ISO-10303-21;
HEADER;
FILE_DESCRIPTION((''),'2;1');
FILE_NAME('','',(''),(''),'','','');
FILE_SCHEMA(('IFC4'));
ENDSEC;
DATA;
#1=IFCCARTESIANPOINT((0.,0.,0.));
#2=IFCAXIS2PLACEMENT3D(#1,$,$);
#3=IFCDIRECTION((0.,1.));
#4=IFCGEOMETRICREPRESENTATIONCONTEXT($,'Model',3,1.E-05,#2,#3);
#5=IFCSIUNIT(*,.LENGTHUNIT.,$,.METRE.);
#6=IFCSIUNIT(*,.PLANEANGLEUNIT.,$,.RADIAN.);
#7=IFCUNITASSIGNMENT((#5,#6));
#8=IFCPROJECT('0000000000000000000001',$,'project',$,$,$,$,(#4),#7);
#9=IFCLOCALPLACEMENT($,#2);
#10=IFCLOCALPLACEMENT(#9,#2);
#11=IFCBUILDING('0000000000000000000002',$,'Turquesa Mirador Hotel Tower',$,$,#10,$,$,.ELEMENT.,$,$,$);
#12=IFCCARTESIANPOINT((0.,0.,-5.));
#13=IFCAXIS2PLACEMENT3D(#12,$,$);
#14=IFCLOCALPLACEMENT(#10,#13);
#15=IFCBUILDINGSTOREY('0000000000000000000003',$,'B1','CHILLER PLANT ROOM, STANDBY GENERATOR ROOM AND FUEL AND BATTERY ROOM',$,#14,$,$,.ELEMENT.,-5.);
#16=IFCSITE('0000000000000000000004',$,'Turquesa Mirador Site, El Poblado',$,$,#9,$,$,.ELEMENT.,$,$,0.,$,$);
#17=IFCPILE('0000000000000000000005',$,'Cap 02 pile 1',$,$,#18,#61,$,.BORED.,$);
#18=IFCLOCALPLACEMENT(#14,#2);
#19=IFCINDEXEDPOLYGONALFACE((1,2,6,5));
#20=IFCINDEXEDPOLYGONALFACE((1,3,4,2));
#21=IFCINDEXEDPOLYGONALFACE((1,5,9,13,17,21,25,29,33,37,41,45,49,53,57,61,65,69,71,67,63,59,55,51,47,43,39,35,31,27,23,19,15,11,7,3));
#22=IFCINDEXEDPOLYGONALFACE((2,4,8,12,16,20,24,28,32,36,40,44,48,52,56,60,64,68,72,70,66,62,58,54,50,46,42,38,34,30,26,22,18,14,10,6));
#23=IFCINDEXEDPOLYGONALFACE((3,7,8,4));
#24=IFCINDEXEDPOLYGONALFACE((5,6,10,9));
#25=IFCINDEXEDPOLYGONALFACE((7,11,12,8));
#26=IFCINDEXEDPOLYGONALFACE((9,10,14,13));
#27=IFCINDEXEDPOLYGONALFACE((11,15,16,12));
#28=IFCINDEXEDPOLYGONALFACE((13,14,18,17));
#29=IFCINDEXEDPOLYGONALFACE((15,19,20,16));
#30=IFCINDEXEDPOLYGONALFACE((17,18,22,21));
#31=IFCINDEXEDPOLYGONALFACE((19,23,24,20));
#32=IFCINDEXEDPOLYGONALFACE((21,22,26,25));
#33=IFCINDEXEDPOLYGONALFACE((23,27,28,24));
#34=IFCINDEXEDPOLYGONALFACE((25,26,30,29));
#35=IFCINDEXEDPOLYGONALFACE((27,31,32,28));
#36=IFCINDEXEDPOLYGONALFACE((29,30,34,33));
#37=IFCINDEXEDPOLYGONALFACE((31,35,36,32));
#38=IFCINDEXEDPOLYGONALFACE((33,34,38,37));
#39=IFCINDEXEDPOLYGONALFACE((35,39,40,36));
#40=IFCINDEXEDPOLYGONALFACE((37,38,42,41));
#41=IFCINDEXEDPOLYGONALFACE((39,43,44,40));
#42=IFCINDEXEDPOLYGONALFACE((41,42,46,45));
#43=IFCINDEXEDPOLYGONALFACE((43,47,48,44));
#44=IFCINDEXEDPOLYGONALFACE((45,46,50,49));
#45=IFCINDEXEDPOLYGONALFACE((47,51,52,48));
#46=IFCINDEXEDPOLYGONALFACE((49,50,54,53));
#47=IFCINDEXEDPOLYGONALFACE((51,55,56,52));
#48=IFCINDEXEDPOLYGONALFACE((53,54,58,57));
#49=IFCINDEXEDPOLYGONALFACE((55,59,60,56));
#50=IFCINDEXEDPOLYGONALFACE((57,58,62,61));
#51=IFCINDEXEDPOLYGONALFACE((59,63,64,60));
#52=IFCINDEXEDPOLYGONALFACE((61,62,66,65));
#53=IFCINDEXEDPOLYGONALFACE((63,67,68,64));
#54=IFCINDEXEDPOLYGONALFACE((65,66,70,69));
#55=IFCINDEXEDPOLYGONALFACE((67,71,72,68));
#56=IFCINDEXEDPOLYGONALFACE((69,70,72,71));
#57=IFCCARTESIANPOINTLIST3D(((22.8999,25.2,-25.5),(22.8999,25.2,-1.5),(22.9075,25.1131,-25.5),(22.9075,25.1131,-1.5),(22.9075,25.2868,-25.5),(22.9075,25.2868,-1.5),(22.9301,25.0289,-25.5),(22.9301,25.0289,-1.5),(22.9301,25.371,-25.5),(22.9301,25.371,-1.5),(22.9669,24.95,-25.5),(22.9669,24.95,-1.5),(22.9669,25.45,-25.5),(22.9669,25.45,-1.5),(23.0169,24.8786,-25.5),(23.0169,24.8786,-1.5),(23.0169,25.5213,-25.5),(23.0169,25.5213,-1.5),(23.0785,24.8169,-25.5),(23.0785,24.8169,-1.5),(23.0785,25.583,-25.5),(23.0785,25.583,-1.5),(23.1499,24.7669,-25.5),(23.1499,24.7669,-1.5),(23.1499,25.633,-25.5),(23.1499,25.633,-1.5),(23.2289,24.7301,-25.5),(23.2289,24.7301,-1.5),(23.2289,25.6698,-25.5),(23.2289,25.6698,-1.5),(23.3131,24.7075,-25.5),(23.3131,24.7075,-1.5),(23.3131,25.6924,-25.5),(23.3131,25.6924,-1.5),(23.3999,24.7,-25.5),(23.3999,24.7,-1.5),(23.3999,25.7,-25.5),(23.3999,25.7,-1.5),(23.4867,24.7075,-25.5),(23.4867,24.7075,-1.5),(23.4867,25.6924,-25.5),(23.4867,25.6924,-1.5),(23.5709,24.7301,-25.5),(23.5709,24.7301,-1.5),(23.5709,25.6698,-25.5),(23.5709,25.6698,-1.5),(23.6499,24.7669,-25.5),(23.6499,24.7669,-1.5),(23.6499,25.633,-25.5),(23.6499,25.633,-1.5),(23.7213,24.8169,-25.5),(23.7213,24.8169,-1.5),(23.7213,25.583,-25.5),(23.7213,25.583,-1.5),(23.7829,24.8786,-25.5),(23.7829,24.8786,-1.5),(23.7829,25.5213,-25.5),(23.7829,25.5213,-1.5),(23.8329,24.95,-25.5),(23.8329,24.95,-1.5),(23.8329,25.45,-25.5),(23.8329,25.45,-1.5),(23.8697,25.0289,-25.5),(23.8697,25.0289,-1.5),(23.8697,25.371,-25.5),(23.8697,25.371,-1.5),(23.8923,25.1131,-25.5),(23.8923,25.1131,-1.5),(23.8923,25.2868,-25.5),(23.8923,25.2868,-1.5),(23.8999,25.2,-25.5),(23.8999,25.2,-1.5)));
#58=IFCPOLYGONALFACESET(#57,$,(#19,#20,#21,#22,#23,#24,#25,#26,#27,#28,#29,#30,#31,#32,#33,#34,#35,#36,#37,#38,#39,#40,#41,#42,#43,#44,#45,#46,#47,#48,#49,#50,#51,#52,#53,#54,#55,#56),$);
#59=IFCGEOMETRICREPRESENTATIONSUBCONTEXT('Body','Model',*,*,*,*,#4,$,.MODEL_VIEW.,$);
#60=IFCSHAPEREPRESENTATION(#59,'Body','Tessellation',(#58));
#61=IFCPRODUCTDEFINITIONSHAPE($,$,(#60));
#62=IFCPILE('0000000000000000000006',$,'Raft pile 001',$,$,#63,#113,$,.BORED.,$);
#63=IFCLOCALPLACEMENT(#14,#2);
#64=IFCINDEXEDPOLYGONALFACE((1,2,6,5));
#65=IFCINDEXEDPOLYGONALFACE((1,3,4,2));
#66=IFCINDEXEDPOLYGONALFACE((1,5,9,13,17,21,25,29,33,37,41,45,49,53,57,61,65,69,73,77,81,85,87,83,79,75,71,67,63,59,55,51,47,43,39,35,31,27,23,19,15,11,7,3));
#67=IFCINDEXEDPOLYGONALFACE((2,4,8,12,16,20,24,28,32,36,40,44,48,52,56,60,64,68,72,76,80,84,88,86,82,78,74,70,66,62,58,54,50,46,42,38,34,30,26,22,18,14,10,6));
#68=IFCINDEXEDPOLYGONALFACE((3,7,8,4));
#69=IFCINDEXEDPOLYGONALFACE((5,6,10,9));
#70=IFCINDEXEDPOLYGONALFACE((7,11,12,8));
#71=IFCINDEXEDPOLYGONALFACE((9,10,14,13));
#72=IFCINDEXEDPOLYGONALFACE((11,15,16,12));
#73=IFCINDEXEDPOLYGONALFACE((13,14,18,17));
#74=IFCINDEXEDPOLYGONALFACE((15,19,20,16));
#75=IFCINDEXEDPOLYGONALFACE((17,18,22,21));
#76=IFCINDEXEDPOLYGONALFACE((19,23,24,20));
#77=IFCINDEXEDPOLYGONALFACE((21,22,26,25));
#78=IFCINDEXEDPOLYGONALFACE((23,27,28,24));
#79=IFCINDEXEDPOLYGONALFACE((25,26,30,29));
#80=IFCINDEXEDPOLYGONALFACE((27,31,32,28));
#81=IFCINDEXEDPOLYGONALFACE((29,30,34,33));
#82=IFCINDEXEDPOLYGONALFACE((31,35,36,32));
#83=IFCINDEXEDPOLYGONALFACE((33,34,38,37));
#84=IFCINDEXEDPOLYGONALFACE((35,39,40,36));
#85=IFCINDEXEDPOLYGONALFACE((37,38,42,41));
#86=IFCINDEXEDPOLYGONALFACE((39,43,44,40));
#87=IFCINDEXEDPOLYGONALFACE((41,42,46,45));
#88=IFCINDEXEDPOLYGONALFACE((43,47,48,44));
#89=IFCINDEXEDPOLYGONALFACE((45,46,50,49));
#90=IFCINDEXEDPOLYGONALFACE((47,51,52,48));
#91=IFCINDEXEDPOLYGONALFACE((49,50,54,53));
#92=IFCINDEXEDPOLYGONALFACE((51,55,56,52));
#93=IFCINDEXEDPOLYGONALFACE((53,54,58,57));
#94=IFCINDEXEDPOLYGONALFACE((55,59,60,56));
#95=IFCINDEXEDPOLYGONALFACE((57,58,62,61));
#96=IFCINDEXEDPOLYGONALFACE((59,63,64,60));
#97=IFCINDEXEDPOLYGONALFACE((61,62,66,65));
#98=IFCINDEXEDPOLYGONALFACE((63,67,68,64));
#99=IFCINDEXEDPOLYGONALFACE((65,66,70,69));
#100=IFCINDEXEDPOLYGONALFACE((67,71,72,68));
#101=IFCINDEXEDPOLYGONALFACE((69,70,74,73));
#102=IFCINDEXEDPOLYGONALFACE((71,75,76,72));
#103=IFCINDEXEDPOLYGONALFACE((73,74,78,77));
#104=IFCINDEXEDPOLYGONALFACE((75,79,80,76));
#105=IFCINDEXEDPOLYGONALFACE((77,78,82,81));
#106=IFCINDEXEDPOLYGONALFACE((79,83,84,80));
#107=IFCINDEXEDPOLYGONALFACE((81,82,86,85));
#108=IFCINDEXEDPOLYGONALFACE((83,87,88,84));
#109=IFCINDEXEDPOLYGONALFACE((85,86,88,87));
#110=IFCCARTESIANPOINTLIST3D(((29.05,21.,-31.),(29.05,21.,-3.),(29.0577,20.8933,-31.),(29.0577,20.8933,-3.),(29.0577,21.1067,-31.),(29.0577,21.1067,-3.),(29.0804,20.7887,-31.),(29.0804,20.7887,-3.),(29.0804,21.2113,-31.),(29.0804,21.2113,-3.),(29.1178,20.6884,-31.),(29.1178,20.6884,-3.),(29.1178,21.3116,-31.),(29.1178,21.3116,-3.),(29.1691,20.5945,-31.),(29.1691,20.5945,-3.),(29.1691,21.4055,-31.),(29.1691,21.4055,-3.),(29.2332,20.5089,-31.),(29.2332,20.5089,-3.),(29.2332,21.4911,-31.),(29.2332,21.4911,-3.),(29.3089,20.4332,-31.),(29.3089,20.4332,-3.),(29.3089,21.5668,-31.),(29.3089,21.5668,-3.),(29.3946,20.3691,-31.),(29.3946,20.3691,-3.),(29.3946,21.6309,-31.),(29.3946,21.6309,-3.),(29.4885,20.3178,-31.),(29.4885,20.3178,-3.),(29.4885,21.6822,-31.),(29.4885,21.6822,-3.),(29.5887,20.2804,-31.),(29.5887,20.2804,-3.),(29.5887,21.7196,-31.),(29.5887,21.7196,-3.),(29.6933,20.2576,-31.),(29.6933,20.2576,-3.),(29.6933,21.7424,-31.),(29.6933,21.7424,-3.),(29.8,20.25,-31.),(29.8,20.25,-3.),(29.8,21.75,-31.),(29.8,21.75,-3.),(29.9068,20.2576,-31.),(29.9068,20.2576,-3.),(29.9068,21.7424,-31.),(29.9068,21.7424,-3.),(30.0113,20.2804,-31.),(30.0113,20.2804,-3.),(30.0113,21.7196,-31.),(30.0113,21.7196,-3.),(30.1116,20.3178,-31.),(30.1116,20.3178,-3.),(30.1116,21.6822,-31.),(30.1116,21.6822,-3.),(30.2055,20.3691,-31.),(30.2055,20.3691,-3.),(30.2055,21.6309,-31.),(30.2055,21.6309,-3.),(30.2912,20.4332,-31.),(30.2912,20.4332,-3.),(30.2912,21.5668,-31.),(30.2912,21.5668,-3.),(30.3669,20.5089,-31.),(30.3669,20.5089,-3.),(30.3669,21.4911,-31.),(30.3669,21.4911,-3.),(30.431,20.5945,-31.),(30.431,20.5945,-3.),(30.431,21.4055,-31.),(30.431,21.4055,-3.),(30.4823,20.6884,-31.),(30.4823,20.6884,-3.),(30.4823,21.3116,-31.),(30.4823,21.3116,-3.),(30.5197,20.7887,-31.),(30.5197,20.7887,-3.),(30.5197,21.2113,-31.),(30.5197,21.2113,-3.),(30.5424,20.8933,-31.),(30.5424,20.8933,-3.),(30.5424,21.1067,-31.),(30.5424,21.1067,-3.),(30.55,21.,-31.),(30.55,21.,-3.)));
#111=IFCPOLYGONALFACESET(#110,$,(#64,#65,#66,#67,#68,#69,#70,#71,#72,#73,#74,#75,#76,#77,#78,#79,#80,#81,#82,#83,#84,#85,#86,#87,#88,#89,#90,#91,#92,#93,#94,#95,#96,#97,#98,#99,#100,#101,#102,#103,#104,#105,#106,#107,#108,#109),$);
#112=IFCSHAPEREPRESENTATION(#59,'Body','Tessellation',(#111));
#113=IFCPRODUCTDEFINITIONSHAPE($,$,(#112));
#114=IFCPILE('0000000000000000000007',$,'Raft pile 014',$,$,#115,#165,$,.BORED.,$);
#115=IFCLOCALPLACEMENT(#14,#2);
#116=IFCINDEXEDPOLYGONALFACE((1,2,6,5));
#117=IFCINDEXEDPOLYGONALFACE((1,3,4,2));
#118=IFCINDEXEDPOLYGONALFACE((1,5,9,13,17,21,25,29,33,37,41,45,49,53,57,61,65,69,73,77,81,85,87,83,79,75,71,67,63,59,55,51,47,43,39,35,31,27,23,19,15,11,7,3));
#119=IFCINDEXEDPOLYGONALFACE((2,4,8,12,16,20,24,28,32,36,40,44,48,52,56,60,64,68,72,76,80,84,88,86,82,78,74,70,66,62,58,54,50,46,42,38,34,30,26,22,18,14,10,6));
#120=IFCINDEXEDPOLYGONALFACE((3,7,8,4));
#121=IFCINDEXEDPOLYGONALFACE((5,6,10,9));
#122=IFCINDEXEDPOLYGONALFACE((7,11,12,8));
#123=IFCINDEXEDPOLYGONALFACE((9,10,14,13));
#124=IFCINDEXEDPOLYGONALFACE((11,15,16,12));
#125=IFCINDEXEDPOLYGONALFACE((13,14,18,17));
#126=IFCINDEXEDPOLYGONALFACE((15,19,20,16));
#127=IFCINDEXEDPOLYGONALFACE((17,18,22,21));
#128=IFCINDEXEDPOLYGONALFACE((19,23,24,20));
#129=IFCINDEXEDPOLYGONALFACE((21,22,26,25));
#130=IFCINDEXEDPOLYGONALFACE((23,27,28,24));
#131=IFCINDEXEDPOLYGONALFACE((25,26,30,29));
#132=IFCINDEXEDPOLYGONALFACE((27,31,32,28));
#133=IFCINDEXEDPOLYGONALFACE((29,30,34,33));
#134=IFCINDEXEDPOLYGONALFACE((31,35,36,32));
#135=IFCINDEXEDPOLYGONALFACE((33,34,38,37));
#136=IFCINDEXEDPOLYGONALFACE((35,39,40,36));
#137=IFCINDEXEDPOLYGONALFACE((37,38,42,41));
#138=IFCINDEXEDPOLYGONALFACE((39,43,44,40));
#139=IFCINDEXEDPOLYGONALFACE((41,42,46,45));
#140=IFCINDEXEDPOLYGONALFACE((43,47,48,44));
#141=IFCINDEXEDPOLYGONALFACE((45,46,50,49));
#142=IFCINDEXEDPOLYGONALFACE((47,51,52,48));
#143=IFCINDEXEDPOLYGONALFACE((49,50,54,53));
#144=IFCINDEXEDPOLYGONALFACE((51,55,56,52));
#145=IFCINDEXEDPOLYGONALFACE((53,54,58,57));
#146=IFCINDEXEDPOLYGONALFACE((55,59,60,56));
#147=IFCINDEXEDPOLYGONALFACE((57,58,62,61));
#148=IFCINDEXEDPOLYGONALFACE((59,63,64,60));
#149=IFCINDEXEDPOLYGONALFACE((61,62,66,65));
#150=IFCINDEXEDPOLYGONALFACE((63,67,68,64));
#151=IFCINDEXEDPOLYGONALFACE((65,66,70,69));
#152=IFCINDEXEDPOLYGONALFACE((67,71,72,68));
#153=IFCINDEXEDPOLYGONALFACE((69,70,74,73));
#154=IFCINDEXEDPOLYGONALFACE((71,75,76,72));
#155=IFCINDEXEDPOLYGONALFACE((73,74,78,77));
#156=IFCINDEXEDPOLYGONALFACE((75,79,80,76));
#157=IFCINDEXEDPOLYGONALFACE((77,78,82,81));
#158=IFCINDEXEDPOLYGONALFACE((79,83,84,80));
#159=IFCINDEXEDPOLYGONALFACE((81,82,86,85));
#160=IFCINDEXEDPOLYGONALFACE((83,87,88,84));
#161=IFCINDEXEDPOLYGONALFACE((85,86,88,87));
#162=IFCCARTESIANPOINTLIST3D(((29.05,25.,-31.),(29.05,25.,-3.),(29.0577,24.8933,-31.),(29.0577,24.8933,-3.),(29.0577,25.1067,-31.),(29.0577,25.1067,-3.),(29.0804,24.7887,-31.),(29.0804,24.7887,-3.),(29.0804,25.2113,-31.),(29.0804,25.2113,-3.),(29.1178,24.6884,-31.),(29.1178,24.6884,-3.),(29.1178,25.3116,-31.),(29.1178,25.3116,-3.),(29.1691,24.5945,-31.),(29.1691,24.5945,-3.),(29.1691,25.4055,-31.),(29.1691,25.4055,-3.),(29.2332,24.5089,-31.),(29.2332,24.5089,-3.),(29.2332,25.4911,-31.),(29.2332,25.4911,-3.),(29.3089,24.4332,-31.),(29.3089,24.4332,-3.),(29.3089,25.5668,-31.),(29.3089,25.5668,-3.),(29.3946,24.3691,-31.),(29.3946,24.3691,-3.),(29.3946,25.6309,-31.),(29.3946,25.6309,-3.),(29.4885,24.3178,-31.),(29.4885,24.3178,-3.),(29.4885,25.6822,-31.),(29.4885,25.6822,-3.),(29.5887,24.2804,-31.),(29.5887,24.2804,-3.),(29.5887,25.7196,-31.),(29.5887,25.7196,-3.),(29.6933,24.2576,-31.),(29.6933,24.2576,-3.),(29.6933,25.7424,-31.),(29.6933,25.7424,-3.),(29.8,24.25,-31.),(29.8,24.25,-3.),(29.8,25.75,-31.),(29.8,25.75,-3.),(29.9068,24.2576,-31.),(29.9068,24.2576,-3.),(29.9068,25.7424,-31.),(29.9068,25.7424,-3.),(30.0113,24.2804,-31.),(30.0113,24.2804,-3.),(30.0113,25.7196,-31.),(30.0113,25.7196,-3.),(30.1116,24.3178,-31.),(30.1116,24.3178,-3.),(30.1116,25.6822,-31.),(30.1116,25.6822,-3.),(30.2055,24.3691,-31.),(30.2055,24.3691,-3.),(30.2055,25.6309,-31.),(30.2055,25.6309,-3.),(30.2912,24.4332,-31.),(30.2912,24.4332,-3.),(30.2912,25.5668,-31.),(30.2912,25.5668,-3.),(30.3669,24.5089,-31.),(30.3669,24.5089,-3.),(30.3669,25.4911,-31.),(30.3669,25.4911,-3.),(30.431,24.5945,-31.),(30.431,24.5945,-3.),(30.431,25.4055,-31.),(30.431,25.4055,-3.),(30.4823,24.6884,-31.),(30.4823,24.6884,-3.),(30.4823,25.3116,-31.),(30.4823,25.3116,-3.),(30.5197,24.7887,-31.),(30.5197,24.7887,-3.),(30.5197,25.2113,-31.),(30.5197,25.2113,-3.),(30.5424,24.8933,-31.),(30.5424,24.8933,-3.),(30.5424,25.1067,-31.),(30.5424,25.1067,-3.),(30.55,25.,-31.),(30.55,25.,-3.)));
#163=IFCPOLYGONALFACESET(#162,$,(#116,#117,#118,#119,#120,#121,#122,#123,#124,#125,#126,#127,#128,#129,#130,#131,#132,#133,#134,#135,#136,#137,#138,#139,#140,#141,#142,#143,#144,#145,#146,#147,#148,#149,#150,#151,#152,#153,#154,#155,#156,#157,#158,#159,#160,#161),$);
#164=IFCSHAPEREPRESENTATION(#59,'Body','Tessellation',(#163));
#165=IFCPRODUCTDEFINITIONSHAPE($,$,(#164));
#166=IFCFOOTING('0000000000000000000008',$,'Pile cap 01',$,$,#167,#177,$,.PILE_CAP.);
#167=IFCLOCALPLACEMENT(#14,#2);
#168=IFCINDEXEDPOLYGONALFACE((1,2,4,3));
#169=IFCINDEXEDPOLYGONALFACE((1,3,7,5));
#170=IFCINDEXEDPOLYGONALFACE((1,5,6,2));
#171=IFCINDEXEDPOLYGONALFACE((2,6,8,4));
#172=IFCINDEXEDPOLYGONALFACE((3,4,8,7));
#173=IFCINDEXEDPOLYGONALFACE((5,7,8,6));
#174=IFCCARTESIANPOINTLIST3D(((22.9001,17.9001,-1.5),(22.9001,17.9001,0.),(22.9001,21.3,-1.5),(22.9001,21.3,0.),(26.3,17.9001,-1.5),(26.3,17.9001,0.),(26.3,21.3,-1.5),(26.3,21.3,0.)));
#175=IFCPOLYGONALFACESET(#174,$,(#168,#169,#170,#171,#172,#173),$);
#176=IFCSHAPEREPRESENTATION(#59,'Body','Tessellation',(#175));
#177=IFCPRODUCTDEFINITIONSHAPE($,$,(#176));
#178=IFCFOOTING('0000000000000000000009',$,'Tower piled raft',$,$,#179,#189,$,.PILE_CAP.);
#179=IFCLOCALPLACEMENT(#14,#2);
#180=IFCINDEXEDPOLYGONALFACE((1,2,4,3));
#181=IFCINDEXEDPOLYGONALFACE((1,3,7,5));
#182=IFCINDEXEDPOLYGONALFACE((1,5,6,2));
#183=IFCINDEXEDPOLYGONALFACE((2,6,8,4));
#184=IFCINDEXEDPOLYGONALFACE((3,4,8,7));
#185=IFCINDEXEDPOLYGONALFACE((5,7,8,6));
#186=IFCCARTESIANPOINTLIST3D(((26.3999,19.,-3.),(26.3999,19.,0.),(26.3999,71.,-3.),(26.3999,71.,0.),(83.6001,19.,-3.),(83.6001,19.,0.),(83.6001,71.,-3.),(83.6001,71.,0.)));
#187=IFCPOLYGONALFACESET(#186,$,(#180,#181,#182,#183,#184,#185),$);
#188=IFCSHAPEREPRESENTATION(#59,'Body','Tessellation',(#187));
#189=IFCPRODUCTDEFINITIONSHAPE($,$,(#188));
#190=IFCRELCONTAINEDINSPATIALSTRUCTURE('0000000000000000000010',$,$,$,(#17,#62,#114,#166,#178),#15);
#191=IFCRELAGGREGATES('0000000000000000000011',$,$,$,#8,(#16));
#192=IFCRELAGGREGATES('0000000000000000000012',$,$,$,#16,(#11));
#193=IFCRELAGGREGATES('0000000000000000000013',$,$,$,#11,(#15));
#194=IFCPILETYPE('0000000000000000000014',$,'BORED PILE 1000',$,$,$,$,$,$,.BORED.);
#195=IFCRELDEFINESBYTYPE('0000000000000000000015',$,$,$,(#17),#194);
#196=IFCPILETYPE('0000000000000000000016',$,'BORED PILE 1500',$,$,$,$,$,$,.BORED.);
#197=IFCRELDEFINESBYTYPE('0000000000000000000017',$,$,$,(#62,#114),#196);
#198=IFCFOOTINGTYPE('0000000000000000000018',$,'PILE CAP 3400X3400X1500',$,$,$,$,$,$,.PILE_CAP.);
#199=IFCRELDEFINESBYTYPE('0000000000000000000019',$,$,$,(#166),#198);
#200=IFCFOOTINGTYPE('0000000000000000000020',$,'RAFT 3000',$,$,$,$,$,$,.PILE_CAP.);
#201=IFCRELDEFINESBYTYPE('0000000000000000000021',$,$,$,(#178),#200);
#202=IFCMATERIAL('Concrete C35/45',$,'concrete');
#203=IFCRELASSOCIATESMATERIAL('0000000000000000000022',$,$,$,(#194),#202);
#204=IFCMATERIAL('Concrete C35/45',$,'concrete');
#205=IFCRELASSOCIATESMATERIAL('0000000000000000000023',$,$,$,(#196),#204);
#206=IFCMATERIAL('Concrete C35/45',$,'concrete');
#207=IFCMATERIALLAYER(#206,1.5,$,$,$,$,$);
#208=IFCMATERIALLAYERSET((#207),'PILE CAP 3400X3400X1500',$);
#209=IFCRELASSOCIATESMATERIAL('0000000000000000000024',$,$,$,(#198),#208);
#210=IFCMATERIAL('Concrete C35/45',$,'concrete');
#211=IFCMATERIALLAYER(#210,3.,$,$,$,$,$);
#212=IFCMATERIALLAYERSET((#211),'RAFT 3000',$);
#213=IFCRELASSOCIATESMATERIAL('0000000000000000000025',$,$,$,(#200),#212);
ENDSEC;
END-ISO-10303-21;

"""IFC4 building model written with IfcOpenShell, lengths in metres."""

from ifc_helpers import new_model, si_unit, direction, frame, origin, origin_2d, place, context, subcontext, project, spatial, polyline, rectangle, circle, outline, extrude, material, layer, layer_set, type_object, element, save


model = new_model("IFC4")

# Units and contexts
model_context = context("Model", 3, precision=1e-05, world=origin(), true_north=direction((0.0, 1.0)))
body_context = subcontext(model_context, "Body", "Model", "MODEL_VIEW")
ifc_project = project(units=[si_unit("LENGTHUNIT", "METRE"), si_unit("PLANEANGLEUNIT", "RADIAN")], contexts=[model_context])

# Site, building, storey
site_placement = place(None, origin())
site = spatial("IfcSite", under=ifc_project, at=site_placement, Name="Turquesa Mirador Site, El Poblado", CompositionType="ELEMENT", RefElevation=0.0)
building_placement = place(site_placement, origin())
building = spatial("IfcBuilding", under=site, at=building_placement, Name="Turquesa Mirador Hotel Tower", CompositionType="ELEMENT")
storey_placement = place(building_placement, frame((0.0, 0.0, -5.0)))
storey = spatial("IfcBuildingStorey", under=building, at=storey_placement, Name="B1", Description="CHILLER PLANT ROOM, STANDBY GENERATOR ROOM AND FUEL AND BATTERY ROOM", CompositionType="ELEMENT", Elevation=-5.0)

# Piles
ifc_material_1 = material(Name="Concrete C35/45", Category="concrete")
pile_type_1 = type_object("IfcPileType", Name="BORED PILE 1000", PredefinedType="BORED", material=ifc_material_1)
for number, where, z_axis, x_axis, name in (
    (1, (23.3999, 25.2, -1.5), (0.0, 0.0, -1.0), (1.0, 0.0, 0.0), "Cap 02 pile 1"),
):
    element("IfcPile", number, at=place(storey_placement, frame(where, z_axis=z_axis, x_axis=x_axis)), inside=storey, type_object=pile_type_1, Name=name, PredefinedType="BORED", context=body_context, shape_type="SweptSolid", body=[
        extrude(circle(Radius=0.5, at=origin_2d()), origin(), (0.0, 0.0, 1.0), 24.0),
    ])
ifc_material_2 = material(Name="Concrete C35/45", Category="concrete")
pile_type_2 = type_object("IfcPileType", Name="BORED PILE 1500", PredefinedType="BORED", material=ifc_material_2)
for number, where, z_axis, x_axis, name in (
    (2, (29.8, 21.0, -3.0), (0.0, 0.0, -1.0), (1.0, 0.0, 0.0), "Raft pile 001"),
    (3, (29.8, 25.0, -3.0), (0.0, 0.0, -1.0), (1.0, 0.0, 0.0), "Raft pile 014"),
):
    element("IfcPile", number, at=place(storey_placement, frame(where, z_axis=z_axis, x_axis=x_axis)), inside=storey, type_object=pile_type_2, Name=name, PredefinedType="BORED", context=body_context, shape_type="SweptSolid", body=[
        extrude(circle(Radius=0.75, at=origin_2d()), origin(), (0.0, 0.0, 1.0), 28.0),
    ])

# Footings
ifc_material_3 = material(Name="Concrete C35/45", Category="concrete")
ifc_layer_1 = layer(ifc_material_3, 1.5)
ifc_layer_set_1 = layer_set([ifc_layer_1], Name="PILE CAP 3400X3400X1500")
footing_type_1 = type_object("IfcFootingType", Name="PILE CAP 3400X3400X1500", PredefinedType="PILE_CAP", material=ifc_layer_set_1)
footing_1_placement = place(storey_placement, frame((24.6001, 19.6001, -1.5), z_axis=(0.0, 0.0, 1.0), x_axis=(1.0, 0.0, 0.0)))
element("IfcFooting", 4, at=footing_1_placement, inside=storey, type_object=footing_type_1, Name="Pile cap 01", PredefinedType="PILE_CAP", context=body_context, shape_type="SweptSolid", body=[
    extrude(rectangle(XDim=3.3999, YDim=3.3999, at=origin_2d()), origin(), (0.0, 0.0, 1.0), 1.5),
])
ifc_material_4 = material(Name="Concrete C35/45", Category="concrete")
ifc_layer_2 = layer(ifc_material_4, 3.0)
ifc_layer_set_2 = layer_set([ifc_layer_2], Name="RAFT 3000")
footing_type_2 = type_object("IfcFootingType", Name="RAFT 3000", PredefinedType="PILE_CAP", material=ifc_layer_set_2)
footing_2_placement = place(storey_placement, frame((0.0, 0.0, -3.0)))
element("IfcFooting", 5, at=footing_2_placement, inside=storey, type_object=footing_type_2, Name="Tower piled raft", PredefinedType="PILE_CAP", context=body_context, shape_type="SweptSolid", body=[
    extrude(outline(polyline([(26.3999, 19.0), (83.6001, 19.0), (83.6001, 71.0), (26.3999, 71.0), (26.3999, 19.0)])), origin(), (0.0, 0.0, 1.0), 3.0),
])

save(model, "model.ifc")
